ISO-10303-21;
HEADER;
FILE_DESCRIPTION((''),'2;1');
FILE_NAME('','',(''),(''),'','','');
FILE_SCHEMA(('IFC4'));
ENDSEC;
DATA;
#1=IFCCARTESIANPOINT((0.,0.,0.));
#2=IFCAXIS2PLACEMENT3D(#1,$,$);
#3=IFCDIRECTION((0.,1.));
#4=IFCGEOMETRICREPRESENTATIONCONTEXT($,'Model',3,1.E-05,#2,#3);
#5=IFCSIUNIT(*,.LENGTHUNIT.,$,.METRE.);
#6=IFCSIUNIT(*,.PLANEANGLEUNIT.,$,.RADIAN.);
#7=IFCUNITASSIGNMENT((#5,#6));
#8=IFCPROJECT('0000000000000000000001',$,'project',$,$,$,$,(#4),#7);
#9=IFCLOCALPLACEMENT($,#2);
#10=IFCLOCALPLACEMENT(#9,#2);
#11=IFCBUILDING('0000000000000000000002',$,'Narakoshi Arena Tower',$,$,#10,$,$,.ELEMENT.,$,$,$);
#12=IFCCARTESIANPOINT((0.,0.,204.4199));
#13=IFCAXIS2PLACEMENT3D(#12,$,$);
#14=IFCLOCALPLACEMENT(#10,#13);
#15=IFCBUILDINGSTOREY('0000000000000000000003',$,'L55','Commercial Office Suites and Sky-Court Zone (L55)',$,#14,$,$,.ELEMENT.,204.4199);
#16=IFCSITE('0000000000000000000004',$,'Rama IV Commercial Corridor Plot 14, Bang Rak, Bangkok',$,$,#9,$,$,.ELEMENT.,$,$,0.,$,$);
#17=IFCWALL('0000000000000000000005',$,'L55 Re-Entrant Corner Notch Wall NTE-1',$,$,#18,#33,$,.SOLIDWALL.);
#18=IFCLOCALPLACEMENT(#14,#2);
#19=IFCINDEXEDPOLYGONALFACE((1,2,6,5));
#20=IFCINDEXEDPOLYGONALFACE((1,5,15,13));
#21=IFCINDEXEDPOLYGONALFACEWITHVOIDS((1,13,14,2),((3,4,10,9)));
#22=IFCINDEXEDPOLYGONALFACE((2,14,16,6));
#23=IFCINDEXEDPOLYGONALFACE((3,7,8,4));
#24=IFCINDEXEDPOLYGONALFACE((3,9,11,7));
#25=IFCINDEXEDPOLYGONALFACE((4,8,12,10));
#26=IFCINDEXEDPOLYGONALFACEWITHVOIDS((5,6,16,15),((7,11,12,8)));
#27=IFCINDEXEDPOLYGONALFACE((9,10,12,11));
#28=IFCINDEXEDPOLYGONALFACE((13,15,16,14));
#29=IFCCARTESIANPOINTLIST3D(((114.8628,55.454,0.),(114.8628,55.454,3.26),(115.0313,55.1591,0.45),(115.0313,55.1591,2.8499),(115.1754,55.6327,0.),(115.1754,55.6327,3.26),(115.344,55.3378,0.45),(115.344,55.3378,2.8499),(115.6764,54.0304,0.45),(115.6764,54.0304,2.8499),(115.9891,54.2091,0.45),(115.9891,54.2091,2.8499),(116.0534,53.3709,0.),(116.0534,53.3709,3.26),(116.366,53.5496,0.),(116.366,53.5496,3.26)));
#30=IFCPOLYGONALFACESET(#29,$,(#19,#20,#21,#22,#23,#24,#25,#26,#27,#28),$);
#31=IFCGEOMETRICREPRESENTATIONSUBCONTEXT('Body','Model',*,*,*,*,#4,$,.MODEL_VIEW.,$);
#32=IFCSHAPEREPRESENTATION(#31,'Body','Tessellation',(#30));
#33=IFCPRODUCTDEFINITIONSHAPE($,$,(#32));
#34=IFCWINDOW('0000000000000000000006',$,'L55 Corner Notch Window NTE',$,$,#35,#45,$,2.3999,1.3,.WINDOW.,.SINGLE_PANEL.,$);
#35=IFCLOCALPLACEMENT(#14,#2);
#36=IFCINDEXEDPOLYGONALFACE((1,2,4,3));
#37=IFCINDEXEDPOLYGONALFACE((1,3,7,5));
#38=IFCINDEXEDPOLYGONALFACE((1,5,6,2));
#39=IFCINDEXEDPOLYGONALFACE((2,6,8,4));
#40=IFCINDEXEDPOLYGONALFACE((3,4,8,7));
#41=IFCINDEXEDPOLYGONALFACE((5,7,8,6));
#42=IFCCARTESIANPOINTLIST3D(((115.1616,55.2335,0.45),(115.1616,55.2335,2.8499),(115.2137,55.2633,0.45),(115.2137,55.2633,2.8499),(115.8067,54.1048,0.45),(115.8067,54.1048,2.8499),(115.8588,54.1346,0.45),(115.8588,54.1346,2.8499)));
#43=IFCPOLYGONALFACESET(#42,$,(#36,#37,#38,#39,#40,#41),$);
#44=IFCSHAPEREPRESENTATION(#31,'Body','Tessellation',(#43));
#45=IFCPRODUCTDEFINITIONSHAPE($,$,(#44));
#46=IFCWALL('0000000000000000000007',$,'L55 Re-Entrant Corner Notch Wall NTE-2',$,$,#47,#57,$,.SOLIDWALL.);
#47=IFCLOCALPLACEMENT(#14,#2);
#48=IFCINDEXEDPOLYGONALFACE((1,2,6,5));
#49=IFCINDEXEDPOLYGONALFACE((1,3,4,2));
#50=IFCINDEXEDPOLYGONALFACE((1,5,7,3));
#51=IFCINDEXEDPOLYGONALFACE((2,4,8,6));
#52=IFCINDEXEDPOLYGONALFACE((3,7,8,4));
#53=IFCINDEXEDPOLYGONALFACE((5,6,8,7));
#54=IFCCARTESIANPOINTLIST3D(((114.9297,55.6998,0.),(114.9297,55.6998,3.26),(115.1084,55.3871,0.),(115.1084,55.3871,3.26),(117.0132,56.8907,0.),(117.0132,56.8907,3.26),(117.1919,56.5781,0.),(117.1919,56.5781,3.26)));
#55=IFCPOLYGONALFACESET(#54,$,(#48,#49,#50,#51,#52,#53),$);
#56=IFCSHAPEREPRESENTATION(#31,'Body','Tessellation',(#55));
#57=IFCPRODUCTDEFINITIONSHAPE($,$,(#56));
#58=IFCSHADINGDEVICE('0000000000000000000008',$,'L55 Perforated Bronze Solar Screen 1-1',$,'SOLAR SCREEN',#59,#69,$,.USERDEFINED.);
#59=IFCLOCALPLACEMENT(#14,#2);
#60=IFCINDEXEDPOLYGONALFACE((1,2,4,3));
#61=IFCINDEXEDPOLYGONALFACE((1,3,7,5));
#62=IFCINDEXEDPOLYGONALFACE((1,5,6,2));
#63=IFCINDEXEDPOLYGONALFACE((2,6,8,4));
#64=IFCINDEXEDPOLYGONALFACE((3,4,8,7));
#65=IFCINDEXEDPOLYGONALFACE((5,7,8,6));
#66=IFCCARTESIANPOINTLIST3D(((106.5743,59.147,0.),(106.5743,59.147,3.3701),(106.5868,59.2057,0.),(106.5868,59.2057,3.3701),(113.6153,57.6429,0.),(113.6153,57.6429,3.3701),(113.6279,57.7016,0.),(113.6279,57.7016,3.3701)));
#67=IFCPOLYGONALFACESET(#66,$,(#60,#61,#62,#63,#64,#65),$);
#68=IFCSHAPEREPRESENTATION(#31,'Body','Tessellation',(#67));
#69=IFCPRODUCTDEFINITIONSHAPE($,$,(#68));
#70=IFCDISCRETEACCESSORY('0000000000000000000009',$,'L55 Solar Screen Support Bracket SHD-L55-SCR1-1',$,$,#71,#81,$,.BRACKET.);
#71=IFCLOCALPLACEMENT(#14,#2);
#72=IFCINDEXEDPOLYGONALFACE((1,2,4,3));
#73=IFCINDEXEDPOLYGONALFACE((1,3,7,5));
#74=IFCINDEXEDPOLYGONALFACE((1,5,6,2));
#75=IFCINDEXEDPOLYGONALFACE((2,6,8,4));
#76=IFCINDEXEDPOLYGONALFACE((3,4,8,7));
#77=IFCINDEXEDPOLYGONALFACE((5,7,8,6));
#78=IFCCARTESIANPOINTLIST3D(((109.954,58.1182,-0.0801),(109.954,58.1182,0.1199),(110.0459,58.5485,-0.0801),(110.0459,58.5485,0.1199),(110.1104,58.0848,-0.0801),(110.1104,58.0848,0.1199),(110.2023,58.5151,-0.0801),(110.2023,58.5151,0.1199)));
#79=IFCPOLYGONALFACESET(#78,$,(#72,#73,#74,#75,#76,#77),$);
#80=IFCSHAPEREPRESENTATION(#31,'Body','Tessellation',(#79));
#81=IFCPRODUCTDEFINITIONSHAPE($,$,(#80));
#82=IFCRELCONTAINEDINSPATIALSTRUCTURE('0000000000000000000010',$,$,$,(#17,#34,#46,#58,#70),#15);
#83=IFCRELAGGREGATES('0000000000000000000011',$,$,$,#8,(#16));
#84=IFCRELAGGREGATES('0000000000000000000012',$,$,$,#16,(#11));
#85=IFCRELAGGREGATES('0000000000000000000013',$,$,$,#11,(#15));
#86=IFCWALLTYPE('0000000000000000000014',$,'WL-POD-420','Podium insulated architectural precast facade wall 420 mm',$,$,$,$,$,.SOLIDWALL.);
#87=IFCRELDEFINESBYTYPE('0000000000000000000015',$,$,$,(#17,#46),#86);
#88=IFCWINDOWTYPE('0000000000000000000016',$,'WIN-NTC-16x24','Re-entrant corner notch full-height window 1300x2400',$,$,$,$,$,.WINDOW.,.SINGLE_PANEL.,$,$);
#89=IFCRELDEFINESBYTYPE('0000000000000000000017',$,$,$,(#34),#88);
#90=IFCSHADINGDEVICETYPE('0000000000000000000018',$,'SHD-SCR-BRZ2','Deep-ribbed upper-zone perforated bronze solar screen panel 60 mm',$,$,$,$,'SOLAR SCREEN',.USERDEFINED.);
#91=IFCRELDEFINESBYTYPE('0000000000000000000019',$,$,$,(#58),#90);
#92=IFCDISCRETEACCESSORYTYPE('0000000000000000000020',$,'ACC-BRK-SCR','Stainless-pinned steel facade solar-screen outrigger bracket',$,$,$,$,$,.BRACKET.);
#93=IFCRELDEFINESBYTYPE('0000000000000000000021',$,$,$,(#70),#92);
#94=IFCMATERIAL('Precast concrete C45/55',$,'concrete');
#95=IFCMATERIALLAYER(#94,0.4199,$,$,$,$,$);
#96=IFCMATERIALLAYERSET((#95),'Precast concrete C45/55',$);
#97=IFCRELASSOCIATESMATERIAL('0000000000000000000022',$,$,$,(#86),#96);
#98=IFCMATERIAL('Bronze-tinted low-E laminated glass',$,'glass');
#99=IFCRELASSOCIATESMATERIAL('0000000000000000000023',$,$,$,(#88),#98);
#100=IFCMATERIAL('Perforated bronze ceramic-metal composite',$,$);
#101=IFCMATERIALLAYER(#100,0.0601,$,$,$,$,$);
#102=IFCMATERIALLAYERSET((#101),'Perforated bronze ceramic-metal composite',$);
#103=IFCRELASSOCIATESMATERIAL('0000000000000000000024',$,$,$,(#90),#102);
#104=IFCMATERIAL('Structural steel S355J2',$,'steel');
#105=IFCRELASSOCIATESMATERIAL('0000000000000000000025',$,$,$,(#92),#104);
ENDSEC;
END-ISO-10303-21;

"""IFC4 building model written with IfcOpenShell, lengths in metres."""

from ifc_helpers import new_model, si_unit, direction, frame, frame_2d, origin, origin_2d, place, context, subcontext, project, spatial, rectangle, extrude, material, layer, layer_set, type_object, element, fill, save


model = new_model("IFC4")

# Units and contexts
model_context = context("Model", 3, precision=1e-05, world=origin(), true_north=direction((0.0, 1.0)))
body_context = subcontext(model_context, "Body", "Model", "MODEL_VIEW")
ifc_project = project(units=[si_unit("LENGTHUNIT", "METRE"), si_unit("PLANEANGLEUNIT", "RADIAN")], contexts=[model_context])

# Site, building, storey
site_placement = place(None, origin())
site = spatial("IfcSite", under=ifc_project, at=site_placement, Name="Rama IV Commercial Corridor Plot 14, Bang Rak, Bangkok", CompositionType="ELEMENT", RefElevation=0.0)
building_placement = place(site_placement, origin())
building = spatial("IfcBuilding", under=site, at=building_placement, Name="Narakoshi Arena Tower", CompositionType="ELEMENT")
storey_placement = place(building_placement, frame((0.0, 0.0, 204.4199)))
storey = spatial("IfcBuildingStorey", under=building, at=storey_placement, Name="L55", Description="Commercial Office Suites and Sky-Court Zone (L55)", CompositionType="ELEMENT", Elevation=204.4199)

# Shared definitions
ifc_material_1 = material(Name="Structural steel S355J2", Category="steel")

# Shared definitions
ifc_material_2 = material(Name="Bronze-tinted low-E laminated glass", Category="glass")

# Shared definitions
ifc_material_3 = material(Name="Precast concrete C45/55", Category="concrete")

# Wall, opening, window
ifc_layer_1 = layer(ifc_material_3, 0.4199)
ifc_layer_set_1 = layer_set([ifc_layer_1], Name="Precast concrete C45/55")
wall_type_1 = type_object("IfcWallType", Name="WL-POD-420", Description="Podium insulated architectural precast facade wall 420 mm", PredefinedType="SOLIDWALL", material=ifc_layer_set_1)
wall_1_placement = place(storey_placement, frame((116.2097, 53.4602, 0.0), z_axis=(0.0, 0.0, 1.0), x_axis=(-0.496216, 0.868199, 0.0)))
wall_1 = element("IfcWall", 1, at=wall_1_placement, inside=storey, type_object=wall_type_1, Name="L55 Re-Entrant Corner Notch Wall NTE-1", PredefinedType="SOLIDWALL", context=body_context, shape_type="SweptSolid", body=[
    extrude(rectangle(XDim=2.3994, YDim=0.3601, at=frame_2d((1.1997, 0.0))), origin(), (0.0, 0.0, 1.0), 3.26),
])
opening_1_placement = place(wall_1_placement, frame((0.7598, 0.0, 0.45)))
opening_1 = element("IfcOpeningElement", 2, at=opening_1_placement, cuts=wall_1, PredefinedType="OPENING", context=body_context, shape_type="SweptSolid", body=[
    extrude(rectangle(XDim=1.3, YDim=2.3999, at=frame_2d((0.6499, 1.2))), frame((0.0, 0.1899, 0.0), z_axis=(0.0, -1.0, 0.0), x_axis=(1.0, 0.0, 0.0)), (0.0, 0.0, 1.0), 0.3801),
])
window_type_1 = type_object("IfcWindowType", Name="WIN-NTC-16x24", Description="Re-entrant corner notch full-height window 1300x2400", PartitioningType="SINGLE_PANEL", PredefinedType="WINDOW", material=ifc_material_2)
window_1_placement = place(opening_1_placement, origin())
window_1 = element("IfcWindow", 3, at=window_1_placement, inside=storey, type_object=window_type_1, Name="L55 Corner Notch Window NTE", OverallHeight=2.3999, OverallWidth=1.3, PartitioningType="SINGLE_PANEL", PredefinedType="WINDOW", context=body_context, shape_type="SweptSolid", body=[
    extrude(rectangle(XDim=1.3, YDim=2.3999, at=frame_2d((0.6499, 1.2))), frame((0.0, 0.03, 0.0), z_axis=(0.0, -1.0, 0.0), x_axis=(1.0, 0.0, 0.0)), (0.0, 0.0, 1.0), 0.0601),
])
fill(opening_1, window_1)

# Wall
wall_2_placement = place(storey_placement, frame((115.019, 55.5435, 0.0), z_axis=(0.0, 0.0, 1.0), x_axis=(0.868181, 0.496248, 0.0)))
element("IfcWall", 4, at=wall_2_placement, inside=storey, type_object=wall_type_1, Name="L55 Re-Entrant Corner Notch Wall NTE-2", PredefinedType="SOLIDWALL", context=body_context, shape_type="SweptSolid", body=[
    extrude(rectangle(XDim=2.3999, YDim=0.3601, at=frame_2d((1.2, 0.0))), origin(), (0.0, 0.0, 1.0), 3.26),
])

# Shading device
ifc_material_4 = material(Name="Perforated bronze ceramic-metal composite")
ifc_layer_2 = layer(ifc_material_4, 0.0601)
ifc_layer_set_2 = layer_set([ifc_layer_2], Name="Perforated bronze ceramic-metal composite")
shading_device_type = type_object("IfcShadingDeviceType", Name="SHD-SCR-BRZ2", Description="Deep-ribbed upper-zone perforated bronze solar screen panel 60 mm", ElementType="SOLAR SCREEN", PredefinedType="USERDEFINED", material=ifc_layer_set_2)
shading_device_placement = place(storey_placement, frame((110.1011, 58.4243, 0.0), z_axis=(0.0, 0.0, 1.0), x_axis=(-0.977937, 0.208902, 0.0)))
element("IfcShadingDevice", 5, at=shading_device_placement, inside=storey, type_object=shading_device_type, Name="L55 Perforated Bronze Solar Screen 1-1", ObjectType="SOLAR SCREEN", PredefinedType="USERDEFINED", context=body_context, shape_type="SweptSolid", body=[
    extrude(rectangle(XDim=7.2, YDim=0.0601, at=origin_2d()), origin(), (0.0, 0.0, 1.0), 3.3701),
])

# Discrete accessory
discrete_accessory_type = type_object("IfcDiscreteAccessoryType", Name="ACC-BRK-SCR", Description="Stainless-pinned steel facade solar-screen outrigger bracket", PredefinedType="BRACKET", material=ifc_material_1)
discrete_accessory_placement = place(storey_placement, frame((110.0781, 58.3167, -0.0801), z_axis=(0.0, 0.0, 1.0), x_axis=(-0.977937, 0.208902, 0.0)))
element("IfcDiscreteAccessory", 6, at=discrete_accessory_placement, inside=storey, type_object=discrete_accessory_type, Name="L55 Solar Screen Support Bracket SHD-L55-SCR1-1", PredefinedType="BRACKET", context=body_context, shape_type="SweptSolid", body=[
    extrude(rectangle(XDim=0.1599, YDim=0.4399, at=origin_2d()), origin(), (0.0, 0.0, 1.0), 0.2),
])

save(model, "model.ifc")
